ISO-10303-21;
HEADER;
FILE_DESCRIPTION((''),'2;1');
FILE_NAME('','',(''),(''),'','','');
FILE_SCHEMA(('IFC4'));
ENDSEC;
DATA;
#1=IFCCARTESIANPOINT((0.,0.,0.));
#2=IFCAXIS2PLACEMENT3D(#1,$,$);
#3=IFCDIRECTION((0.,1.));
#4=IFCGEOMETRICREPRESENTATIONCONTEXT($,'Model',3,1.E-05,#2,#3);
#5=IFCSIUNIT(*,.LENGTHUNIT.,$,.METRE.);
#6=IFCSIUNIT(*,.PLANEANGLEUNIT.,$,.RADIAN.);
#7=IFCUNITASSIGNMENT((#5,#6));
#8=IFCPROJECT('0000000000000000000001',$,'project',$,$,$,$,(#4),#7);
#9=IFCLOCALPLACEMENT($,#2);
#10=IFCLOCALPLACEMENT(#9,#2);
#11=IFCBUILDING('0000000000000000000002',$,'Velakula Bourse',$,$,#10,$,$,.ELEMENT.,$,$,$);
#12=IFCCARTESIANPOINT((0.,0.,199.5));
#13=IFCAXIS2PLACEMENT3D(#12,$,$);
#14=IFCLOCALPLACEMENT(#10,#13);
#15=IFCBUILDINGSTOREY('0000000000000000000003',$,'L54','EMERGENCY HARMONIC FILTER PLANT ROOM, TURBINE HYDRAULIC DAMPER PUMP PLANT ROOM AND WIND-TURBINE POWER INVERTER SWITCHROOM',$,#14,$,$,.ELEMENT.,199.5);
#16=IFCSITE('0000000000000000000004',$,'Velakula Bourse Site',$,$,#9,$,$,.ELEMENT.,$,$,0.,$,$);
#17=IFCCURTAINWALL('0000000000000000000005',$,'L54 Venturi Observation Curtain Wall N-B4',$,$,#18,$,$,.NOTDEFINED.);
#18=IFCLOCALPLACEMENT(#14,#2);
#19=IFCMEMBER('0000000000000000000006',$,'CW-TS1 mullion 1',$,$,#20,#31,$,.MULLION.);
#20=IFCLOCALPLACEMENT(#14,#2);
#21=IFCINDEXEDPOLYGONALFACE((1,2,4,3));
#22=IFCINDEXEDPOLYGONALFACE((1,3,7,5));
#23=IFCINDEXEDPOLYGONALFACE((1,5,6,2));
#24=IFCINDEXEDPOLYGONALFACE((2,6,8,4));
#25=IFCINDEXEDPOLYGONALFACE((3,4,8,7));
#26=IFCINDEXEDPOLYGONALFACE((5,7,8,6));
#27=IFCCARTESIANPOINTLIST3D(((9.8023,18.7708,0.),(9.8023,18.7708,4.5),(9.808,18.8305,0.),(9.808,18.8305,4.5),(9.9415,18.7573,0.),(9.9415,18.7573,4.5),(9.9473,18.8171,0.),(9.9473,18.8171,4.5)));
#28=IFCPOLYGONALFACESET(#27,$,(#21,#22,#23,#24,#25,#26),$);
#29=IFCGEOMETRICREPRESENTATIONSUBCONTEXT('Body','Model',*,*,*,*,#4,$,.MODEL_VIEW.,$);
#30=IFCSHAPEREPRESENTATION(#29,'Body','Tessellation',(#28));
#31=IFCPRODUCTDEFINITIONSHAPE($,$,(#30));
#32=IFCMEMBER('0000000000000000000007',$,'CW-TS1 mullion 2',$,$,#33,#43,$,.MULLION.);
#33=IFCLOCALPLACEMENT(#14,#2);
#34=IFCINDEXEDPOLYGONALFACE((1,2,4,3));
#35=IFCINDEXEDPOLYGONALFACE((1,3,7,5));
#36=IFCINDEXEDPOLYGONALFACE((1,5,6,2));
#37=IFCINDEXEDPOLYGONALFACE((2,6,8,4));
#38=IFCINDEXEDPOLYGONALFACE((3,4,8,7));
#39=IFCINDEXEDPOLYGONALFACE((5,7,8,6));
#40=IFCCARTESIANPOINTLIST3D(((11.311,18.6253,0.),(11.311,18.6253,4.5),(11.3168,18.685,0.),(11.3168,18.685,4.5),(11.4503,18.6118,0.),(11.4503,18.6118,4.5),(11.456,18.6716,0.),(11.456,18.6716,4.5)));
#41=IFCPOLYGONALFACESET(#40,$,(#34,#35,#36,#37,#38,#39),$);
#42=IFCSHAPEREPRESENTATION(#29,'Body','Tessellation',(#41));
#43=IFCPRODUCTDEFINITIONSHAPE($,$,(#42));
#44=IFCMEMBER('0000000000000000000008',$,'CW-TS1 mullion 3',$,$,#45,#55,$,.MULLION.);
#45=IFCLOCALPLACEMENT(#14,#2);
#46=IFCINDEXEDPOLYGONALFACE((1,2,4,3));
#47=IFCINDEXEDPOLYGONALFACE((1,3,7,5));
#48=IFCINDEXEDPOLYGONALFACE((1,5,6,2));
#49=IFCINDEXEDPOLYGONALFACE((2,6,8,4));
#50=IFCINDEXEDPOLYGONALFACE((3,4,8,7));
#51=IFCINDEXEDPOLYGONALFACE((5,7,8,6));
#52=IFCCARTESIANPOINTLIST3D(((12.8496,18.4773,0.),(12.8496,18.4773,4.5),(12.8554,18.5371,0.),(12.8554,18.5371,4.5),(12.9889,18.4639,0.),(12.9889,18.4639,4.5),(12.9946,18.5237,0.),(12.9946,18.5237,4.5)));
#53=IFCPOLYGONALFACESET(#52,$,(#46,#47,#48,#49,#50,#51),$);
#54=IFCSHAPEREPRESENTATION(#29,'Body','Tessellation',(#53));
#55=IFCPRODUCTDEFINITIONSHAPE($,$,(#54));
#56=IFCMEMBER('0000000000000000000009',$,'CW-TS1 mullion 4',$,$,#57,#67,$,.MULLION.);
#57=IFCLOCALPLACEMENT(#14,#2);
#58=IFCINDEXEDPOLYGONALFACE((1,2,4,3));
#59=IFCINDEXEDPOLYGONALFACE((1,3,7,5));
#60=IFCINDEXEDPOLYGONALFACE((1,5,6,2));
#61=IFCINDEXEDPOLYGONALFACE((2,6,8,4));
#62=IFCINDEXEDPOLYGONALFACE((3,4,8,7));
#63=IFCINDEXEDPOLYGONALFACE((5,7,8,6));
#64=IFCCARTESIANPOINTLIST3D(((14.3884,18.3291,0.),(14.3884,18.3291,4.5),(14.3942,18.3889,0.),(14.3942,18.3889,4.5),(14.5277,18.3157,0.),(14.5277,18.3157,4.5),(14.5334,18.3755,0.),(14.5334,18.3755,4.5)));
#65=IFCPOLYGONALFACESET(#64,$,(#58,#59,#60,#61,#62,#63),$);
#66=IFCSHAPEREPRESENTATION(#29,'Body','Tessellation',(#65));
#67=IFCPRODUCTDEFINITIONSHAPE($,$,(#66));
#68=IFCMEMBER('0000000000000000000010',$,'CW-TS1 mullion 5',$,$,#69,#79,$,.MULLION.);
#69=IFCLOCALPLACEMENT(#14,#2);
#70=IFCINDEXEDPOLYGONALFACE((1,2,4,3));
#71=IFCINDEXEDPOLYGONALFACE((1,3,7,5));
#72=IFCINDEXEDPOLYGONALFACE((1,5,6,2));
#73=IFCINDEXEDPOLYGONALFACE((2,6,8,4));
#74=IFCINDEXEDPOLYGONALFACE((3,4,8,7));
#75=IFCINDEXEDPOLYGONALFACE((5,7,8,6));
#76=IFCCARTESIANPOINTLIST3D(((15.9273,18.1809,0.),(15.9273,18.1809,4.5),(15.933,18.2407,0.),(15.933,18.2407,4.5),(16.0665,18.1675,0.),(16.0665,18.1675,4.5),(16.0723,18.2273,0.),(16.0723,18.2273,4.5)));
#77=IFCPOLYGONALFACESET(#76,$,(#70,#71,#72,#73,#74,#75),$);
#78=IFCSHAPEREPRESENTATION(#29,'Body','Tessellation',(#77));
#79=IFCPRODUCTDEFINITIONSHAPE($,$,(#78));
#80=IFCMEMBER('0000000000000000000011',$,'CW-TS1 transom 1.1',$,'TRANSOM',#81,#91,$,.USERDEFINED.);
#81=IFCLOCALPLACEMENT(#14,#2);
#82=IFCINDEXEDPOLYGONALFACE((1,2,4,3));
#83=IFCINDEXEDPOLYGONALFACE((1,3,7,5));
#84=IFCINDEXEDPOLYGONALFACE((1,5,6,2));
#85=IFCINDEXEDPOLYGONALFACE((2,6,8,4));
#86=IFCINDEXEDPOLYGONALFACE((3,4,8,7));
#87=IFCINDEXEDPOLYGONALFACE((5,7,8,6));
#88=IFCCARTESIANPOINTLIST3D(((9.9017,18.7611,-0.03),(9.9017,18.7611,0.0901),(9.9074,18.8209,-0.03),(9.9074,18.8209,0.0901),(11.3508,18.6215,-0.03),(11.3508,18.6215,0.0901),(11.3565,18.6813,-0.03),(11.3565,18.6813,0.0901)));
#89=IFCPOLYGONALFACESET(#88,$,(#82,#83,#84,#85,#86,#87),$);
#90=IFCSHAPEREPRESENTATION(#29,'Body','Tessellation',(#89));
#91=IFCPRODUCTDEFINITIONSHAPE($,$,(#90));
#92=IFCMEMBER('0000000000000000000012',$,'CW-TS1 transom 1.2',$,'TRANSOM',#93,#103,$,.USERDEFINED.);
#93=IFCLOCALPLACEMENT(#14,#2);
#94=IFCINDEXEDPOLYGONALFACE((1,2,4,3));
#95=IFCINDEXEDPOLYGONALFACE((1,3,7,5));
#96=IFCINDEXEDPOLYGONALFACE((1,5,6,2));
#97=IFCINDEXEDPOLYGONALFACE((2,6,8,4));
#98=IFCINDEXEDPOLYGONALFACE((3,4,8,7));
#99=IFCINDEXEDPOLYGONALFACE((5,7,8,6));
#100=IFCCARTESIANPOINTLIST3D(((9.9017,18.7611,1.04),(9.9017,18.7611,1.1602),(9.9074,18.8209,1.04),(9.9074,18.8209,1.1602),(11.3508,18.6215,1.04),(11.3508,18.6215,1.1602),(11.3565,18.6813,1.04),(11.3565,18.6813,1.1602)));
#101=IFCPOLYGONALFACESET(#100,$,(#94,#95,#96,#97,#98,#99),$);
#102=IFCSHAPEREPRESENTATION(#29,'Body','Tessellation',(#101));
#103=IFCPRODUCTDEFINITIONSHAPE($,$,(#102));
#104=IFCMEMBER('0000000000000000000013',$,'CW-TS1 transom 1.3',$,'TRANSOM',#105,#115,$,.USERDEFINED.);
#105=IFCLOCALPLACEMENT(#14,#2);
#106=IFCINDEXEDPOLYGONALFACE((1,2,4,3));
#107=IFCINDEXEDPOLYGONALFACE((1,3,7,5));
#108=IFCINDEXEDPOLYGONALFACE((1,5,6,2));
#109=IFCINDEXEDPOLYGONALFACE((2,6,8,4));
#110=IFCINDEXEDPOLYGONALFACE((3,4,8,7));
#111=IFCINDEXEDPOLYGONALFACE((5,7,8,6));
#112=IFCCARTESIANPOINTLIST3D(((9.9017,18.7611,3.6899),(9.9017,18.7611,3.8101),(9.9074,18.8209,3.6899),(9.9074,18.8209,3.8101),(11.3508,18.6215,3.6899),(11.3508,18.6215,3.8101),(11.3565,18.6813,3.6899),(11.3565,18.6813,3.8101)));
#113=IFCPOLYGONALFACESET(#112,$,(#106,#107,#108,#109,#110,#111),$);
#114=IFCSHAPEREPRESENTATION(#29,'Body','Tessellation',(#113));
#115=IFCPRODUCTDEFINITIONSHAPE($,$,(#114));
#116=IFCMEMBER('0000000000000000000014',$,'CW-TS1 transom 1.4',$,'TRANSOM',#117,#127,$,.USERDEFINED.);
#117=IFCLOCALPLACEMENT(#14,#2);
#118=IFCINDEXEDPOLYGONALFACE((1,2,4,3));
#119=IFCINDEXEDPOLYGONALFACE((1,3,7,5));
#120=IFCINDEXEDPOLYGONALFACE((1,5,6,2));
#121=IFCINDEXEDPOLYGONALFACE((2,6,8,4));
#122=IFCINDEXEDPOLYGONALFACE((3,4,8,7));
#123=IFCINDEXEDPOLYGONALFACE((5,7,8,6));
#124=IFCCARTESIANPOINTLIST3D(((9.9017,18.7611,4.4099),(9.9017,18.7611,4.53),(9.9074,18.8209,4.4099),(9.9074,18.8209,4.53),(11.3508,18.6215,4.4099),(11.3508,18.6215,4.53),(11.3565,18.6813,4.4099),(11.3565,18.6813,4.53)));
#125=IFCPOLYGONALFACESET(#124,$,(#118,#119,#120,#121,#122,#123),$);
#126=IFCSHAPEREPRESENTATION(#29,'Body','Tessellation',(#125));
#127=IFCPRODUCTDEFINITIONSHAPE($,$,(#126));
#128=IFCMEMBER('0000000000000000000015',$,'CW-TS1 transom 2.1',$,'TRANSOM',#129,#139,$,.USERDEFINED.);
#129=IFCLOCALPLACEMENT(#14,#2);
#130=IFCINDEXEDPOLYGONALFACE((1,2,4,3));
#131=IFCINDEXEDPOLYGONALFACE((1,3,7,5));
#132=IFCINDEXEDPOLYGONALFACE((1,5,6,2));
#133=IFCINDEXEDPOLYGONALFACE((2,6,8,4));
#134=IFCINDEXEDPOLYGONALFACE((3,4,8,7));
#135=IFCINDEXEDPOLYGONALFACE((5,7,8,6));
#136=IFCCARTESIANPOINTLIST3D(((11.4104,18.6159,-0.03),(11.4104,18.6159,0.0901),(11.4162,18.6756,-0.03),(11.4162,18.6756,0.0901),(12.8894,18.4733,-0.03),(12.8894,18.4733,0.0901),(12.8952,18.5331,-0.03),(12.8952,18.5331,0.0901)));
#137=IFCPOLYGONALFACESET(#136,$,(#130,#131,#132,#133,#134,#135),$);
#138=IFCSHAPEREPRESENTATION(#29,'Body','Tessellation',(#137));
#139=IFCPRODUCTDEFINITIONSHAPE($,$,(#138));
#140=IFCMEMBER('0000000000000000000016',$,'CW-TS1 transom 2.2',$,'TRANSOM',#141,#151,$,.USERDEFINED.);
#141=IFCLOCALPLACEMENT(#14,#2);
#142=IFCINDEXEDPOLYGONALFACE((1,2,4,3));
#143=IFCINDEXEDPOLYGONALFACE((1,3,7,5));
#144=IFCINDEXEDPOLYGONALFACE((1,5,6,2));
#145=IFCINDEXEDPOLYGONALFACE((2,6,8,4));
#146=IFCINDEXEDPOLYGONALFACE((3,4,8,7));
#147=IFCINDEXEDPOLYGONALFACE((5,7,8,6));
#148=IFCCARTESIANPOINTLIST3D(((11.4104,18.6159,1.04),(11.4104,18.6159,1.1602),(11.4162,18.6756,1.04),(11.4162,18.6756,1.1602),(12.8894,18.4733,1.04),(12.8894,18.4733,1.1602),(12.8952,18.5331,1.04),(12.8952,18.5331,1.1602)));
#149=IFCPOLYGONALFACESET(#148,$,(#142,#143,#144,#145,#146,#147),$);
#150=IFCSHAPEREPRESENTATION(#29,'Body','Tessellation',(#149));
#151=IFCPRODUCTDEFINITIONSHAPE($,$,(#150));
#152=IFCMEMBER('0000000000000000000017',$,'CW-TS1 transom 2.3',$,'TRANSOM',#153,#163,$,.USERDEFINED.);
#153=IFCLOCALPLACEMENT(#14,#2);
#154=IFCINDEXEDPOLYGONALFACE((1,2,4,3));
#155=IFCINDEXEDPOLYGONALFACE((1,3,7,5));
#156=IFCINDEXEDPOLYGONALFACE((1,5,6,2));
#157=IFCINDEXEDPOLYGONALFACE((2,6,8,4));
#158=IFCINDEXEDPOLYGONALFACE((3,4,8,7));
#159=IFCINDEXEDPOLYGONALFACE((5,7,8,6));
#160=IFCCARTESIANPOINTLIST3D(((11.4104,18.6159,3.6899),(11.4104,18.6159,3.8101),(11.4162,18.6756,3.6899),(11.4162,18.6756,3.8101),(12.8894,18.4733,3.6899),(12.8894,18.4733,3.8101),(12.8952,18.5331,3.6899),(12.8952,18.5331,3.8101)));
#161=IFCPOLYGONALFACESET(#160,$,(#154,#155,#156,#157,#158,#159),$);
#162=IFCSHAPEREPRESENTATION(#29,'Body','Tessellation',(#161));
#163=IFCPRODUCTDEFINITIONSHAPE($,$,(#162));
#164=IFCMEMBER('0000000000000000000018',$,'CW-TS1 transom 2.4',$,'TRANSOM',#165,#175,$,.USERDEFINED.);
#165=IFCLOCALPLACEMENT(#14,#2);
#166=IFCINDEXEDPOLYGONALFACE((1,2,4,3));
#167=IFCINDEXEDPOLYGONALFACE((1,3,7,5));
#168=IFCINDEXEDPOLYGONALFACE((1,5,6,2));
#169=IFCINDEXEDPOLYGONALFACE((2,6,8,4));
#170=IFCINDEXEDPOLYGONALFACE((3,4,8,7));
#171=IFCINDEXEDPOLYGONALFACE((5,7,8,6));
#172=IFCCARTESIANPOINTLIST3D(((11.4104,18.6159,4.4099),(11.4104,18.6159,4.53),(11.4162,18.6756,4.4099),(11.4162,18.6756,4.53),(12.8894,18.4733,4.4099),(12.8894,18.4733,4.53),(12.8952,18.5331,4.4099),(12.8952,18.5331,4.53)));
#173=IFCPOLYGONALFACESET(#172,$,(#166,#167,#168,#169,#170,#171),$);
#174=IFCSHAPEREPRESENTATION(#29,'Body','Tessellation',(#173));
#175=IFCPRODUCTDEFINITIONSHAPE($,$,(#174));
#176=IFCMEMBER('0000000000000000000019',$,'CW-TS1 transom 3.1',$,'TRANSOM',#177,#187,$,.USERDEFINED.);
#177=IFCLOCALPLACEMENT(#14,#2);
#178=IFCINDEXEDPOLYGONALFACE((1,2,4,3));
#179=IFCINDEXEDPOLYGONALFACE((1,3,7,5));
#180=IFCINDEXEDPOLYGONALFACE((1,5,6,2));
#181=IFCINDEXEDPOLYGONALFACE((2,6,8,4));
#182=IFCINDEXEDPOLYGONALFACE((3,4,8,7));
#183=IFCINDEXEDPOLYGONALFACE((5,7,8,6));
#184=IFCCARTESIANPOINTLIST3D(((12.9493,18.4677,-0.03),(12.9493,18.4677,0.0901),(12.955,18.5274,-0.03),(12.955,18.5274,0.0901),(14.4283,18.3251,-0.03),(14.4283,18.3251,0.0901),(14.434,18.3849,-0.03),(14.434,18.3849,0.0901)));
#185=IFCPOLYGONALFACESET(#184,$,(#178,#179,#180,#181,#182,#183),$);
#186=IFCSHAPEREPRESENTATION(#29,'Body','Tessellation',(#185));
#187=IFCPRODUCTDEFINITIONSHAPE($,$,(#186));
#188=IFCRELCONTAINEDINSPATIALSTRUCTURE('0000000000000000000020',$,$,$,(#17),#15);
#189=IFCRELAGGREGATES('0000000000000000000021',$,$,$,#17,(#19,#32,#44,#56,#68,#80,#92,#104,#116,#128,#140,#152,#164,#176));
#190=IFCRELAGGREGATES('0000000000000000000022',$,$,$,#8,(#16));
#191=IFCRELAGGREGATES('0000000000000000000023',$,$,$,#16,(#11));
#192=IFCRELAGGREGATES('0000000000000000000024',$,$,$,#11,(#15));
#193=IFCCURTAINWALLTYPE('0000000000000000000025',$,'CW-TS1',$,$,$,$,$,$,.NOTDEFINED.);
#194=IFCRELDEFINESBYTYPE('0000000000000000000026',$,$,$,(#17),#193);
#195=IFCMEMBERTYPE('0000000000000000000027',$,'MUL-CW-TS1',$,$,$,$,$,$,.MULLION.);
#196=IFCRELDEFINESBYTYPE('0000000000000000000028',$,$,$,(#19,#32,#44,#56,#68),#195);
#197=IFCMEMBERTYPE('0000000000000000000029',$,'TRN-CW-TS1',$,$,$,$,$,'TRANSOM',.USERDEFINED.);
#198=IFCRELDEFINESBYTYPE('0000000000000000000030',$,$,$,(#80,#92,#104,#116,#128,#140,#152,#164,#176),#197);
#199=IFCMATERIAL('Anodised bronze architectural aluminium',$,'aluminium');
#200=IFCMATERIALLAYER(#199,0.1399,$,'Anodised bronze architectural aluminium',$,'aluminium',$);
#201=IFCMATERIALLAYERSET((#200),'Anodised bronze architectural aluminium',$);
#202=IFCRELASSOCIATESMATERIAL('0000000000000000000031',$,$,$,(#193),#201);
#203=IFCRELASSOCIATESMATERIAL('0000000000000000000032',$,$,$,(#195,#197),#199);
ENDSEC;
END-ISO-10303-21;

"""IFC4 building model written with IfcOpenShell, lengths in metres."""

from ifc_helpers import new_model, si_unit, direction, frame, origin, origin_2d, place, context, subcontext, project, spatial, rectangle, extrude, material, layer, layer_set, material_profile, profile_set, type_object, element, aggregate, save


model = new_model("IFC4")

# Units and contexts
model_context = context("Model", 3, precision=1e-05, world=origin(), true_north=direction((0.0, 1.0)))
body_context = subcontext(model_context, "Body", "Model", "MODEL_VIEW")
ifc_project = project(units=[si_unit("LENGTHUNIT", "METRE"), si_unit("PLANEANGLEUNIT", "RADIAN")], contexts=[model_context])

# Site, building, storey
site_placement = place(None, origin())
site = spatial("IfcSite", under=ifc_project, at=site_placement, Name="Velakula Bourse Site", CompositionType="ELEMENT", RefElevation=0.0)
building_placement = place(site_placement, origin())
building = spatial("IfcBuilding", under=site, at=building_placement, Name="Velakula Bourse", CompositionType="ELEMENT")
storey_placement = place(building_placement, frame((0.0, 0.0, 199.5)))
storey = spatial("IfcBuildingStorey", under=building, at=storey_placement, Name="L54", Description="EMERGENCY HARMONIC FILTER PLANT ROOM, TURBINE HYDRAULIC DAMPER PUMP PLANT ROOM AND WIND-TURBINE POWER INVERTER SWITCHROOM", CompositionType="ELEMENT", Elevation=199.5)

# Curtain wall, members
ifc_material_1 = material(Name="Anodised bronze architectural aluminium", Category="aluminium")
ifc_layer_1 = layer(ifc_material_1, 0.1399, Name="Anodised bronze architectural aluminium", Category="aluminium")
ifc_layer_set_1 = layer_set([ifc_layer_1], Name="Anodised bronze architectural aluminium")
curtain_wall_type = type_object("IfcCurtainWallType", Name="CW-TS1", PredefinedType="NOTDEFINED", material=ifc_layer_set_1)
curtain_wall_placement = place(storey_placement, origin())
curtain_wall = element("IfcCurtainWall", 1, at=curtain_wall_placement, inside=storey, type_object=curtain_wall_type, Name="L54 Venturi Observation Curtain Wall N-B4", PredefinedType="NOTDEFINED")
ifc_material_profile_1 = material_profile(ifc_material_1, rectangle(XDim=0.0601, YDim=0.1399, at=origin_2d()), Name="Anodised bronze architectural aluminium")
ifc_profile_set_1 = profile_set([ifc_material_profile_1], Name="Anodised bronze architectural aluminium")
member_type_1 = type_object("IfcMemberType", Name="MUL-CW-TS1", PredefinedType="MULLION", material=ifc_profile_set_1)
member_1_placement = place(storey_placement, frame((9.8748, 18.7939, 0.0), z_axis=(0.0, 0.0, 1.0), x_axis=(0.095849, 0.995396, 0.0)))
member_1 = element("IfcMember", 2, at=member_1_placement, type_object=member_type_1, Name="CW-TS1 mullion 1", PredefinedType="MULLION", context=body_context, shape_type="SweptSolid", body=[
    extrude(rectangle(XDim=0.0601, YDim=0.1399, at=origin_2d()), origin(), (0.0, 0.0, 1.0), 4.5),
])
member_2_placement = place(storey_placement, frame((11.3835, 18.6484, 0.0), z_axis=(0.0, 0.0, 1.0), x_axis=(0.095849, 0.995396, 0.0)))
member_2 = element("IfcMember", 3, at=member_2_placement, type_object=member_type_1, Name="CW-TS1 mullion 2", PredefinedType="MULLION", context=body_context, shape_type="SweptSolid", body=[
    extrude(rectangle(XDim=0.0601, YDim=0.1399, at=origin_2d()), origin(), (0.0, 0.0, 1.0), 4.5),
])
member_3_placement = place(storey_placement, frame((12.9221, 18.5005, 0.0), z_axis=(0.0, 0.0, 1.0), x_axis=(0.095849, 0.995396, 0.0)))
member_3 = element("IfcMember", 4, at=member_3_placement, type_object=member_type_1, Name="CW-TS1 mullion 3", PredefinedType="MULLION", context=body_context, shape_type="SweptSolid", body=[
    extrude(rectangle(XDim=0.0601, YDim=0.1399, at=origin_2d()), origin(), (0.0, 0.0, 1.0), 4.5),
])
member_4_placement = place(storey_placement, frame((14.4609, 18.3523, 0.0), z_axis=(0.0, 0.0, 1.0), x_axis=(0.095849, 0.995396, 0.0)))
member_4 = element("IfcMember", 5, at=member_4_placement, type_object=member_type_1, Name="CW-TS1 mullion 4", PredefinedType="MULLION", context=body_context, shape_type="SweptSolid", body=[
    extrude(rectangle(XDim=0.0601, YDim=0.1399, at=origin_2d()), origin(), (0.0, 0.0, 1.0), 4.5),
])
member_5_placement = place(storey_placement, frame((15.9998, 18.2041, 0.0), z_axis=(0.0, 0.0, 1.0), x_axis=(0.095849, 0.995396, 0.0)))
member_5 = element("IfcMember", 6, at=member_5_placement, type_object=member_type_1, Name="CW-TS1 mullion 5", PredefinedType="MULLION", context=body_context, shape_type="SweptSolid", body=[
    extrude(rectangle(XDim=0.0601, YDim=0.1399, at=origin_2d()), origin(), (0.0, 0.0, 1.0), 4.5),
])
ifc_material_profile_2 = material_profile(ifc_material_1, rectangle(XDim=0.0601, YDim=0.1201, at=origin_2d()), Name="Anodised bronze architectural aluminium")
ifc_profile_set_2 = profile_set([ifc_material_profile_2], Name="Anodised bronze architectural aluminium")
member_type_2 = type_object("IfcMemberType", Name="TRN-CW-TS1", ElementType="TRANSOM", PredefinedType="USERDEFINED", material=ifc_profile_set_2)
member_6_placement = place(storey_placement, frame((9.9045, 18.791, 0.03), z_axis=(0.995389, -0.095917, 0.0), x_axis=(0.095917, 0.995389, 0.0)))
member_6 = element("IfcMember", 7, at=member_6_placement, type_object=member_type_2, Name="CW-TS1 transom 1.1", ObjectType="TRANSOM", PredefinedType="USERDEFINED", context=body_context, shape_type="SweptSolid", body=[
    extrude(rectangle(XDim=0.0601, YDim=0.1201, at=origin_2d()), origin(), (0.0, 0.0, 1.0), 1.4558),
])
member_7_placement = place(storey_placement, frame((9.9045, 18.791, 1.1001), z_axis=(0.995389, -0.095917, 0.0), x_axis=(0.095917, 0.995389, 0.0)))
member_7 = element("IfcMember", 8, at=member_7_placement, type_object=member_type_2, Name="CW-TS1 transom 1.2", ObjectType="TRANSOM", PredefinedType="USERDEFINED", context=body_context, shape_type="SweptSolid", body=[
    extrude(rectangle(XDim=0.0601, YDim=0.1201, at=origin_2d()), origin(), (0.0, 0.0, 1.0), 1.4558),
])
member_8_placement = place(storey_placement, frame((9.9045, 18.791, 3.75), z_axis=(0.995389, -0.095917, 0.0), x_axis=(0.095917, 0.995389, 0.0)))
member_8 = element("IfcMember", 9, at=member_8_placement, type_object=member_type_2, Name="CW-TS1 transom 1.3", ObjectType="TRANSOM", PredefinedType="USERDEFINED", context=body_context, shape_type="SweptSolid", body=[
    extrude(rectangle(XDim=0.0601, YDim=0.1201, at=origin_2d()), origin(), (0.0, 0.0, 1.0), 1.4558),
])
member_9_placement = place(storey_placement, frame((9.9045, 18.791, 4.47), z_axis=(0.995389, -0.095917, 0.0), x_axis=(0.095917, 0.995389, 0.0)))
member_9 = element("IfcMember", 10, at=member_9_placement, type_object=member_type_2, Name="CW-TS1 transom 1.4", ObjectType="TRANSOM", PredefinedType="USERDEFINED", context=body_context, shape_type="SweptSolid", body=[
    extrude(rectangle(XDim=0.0601, YDim=0.1201, at=origin_2d()), origin(), (0.0, 0.0, 1.0), 1.4558),
])
member_10_placement = place(storey_placement, frame((11.4133, 18.6458, 0.03), z_axis=(0.995386, -0.095957, 0.0), x_axis=(0.095957, 0.995386, 0.0)))
member_10 = element("IfcMember", 11, at=member_10_placement, type_object=member_type_2, Name="CW-TS1 transom 2.1", ObjectType="TRANSOM", PredefinedType="USERDEFINED", context=body_context, shape_type="SweptSolid", body=[
    extrude(rectangle(XDim=0.0601, YDim=0.1201, at=origin_2d()), origin(), (0.0, 0.0, 1.0), 1.4858),
])
member_11_placement = place(storey_placement, frame((11.4133, 18.6458, 1.1001), z_axis=(0.995386, -0.095957, 0.0), x_axis=(0.095957, 0.995386, 0.0)))
member_11 = element("IfcMember", 12, at=member_11_placement, type_object=member_type_2, Name="CW-TS1 transom 2.2", ObjectType="TRANSOM", PredefinedType="USERDEFINED", context=body_context, shape_type="SweptSolid", body=[
    extrude(rectangle(XDim=0.0601, YDim=0.1201, at=origin_2d()), origin(), (0.0, 0.0, 1.0), 1.4858),
])
member_12_placement = place(storey_placement, frame((11.4133, 18.6458, 3.75), z_axis=(0.995386, -0.095957, 0.0), x_axis=(0.095957, 0.995386, 0.0)))
member_12 = element("IfcMember", 13, at=member_12_placement, type_object=member_type_2, Name="CW-TS1 transom 2.3", ObjectType="TRANSOM", PredefinedType="USERDEFINED", context=body_context, shape_type="SweptSolid", body=[
    extrude(rectangle(XDim=0.0601, YDim=0.1201, at=origin_2d()), origin(), (0.0, 0.0, 1.0), 1.4858),
])
member_13_placement = place(storey_placement, frame((11.4133, 18.6458, 4.47), z_axis=(0.995386, -0.095957, 0.0), x_axis=(0.095957, 0.995386, 0.0)))
member_13 = element("IfcMember", 14, at=member_13_placement, type_object=member_type_2, Name="CW-TS1 transom 2.4", ObjectType="TRANSOM", PredefinedType="USERDEFINED", context=body_context, shape_type="SweptSolid", body=[
    extrude(rectangle(XDim=0.0601, YDim=0.1201, at=origin_2d()), origin(), (0.0, 0.0, 1.0), 1.4858),
])
member_14_placement = place(storey_placement, frame((12.9521, 18.4976, 0.03), z_axis=(0.995386, -0.095957, 0.0), x_axis=(0.095957, 0.995386, 0.0)))
member_14 = element("IfcMember", 15, at=member_14_placement, type_object=member_type_2, Name="CW-TS1 transom 3.1", ObjectType="TRANSOM", PredefinedType="USERDEFINED", context=body_context, shape_type="SweptSolid", body=[
    extrude(rectangle(XDim=0.0601, YDim=0.1201, at=origin_2d()), origin(), (0.0, 0.0, 1.0), 1.4858),
])
aggregate(curtain_wall, [member_1, member_2, member_3, member_4, member_5, member_6, member_7, member_8, member_9, member_10, member_11, member_12, member_13, member_14])

save(model, "model.ifc")
